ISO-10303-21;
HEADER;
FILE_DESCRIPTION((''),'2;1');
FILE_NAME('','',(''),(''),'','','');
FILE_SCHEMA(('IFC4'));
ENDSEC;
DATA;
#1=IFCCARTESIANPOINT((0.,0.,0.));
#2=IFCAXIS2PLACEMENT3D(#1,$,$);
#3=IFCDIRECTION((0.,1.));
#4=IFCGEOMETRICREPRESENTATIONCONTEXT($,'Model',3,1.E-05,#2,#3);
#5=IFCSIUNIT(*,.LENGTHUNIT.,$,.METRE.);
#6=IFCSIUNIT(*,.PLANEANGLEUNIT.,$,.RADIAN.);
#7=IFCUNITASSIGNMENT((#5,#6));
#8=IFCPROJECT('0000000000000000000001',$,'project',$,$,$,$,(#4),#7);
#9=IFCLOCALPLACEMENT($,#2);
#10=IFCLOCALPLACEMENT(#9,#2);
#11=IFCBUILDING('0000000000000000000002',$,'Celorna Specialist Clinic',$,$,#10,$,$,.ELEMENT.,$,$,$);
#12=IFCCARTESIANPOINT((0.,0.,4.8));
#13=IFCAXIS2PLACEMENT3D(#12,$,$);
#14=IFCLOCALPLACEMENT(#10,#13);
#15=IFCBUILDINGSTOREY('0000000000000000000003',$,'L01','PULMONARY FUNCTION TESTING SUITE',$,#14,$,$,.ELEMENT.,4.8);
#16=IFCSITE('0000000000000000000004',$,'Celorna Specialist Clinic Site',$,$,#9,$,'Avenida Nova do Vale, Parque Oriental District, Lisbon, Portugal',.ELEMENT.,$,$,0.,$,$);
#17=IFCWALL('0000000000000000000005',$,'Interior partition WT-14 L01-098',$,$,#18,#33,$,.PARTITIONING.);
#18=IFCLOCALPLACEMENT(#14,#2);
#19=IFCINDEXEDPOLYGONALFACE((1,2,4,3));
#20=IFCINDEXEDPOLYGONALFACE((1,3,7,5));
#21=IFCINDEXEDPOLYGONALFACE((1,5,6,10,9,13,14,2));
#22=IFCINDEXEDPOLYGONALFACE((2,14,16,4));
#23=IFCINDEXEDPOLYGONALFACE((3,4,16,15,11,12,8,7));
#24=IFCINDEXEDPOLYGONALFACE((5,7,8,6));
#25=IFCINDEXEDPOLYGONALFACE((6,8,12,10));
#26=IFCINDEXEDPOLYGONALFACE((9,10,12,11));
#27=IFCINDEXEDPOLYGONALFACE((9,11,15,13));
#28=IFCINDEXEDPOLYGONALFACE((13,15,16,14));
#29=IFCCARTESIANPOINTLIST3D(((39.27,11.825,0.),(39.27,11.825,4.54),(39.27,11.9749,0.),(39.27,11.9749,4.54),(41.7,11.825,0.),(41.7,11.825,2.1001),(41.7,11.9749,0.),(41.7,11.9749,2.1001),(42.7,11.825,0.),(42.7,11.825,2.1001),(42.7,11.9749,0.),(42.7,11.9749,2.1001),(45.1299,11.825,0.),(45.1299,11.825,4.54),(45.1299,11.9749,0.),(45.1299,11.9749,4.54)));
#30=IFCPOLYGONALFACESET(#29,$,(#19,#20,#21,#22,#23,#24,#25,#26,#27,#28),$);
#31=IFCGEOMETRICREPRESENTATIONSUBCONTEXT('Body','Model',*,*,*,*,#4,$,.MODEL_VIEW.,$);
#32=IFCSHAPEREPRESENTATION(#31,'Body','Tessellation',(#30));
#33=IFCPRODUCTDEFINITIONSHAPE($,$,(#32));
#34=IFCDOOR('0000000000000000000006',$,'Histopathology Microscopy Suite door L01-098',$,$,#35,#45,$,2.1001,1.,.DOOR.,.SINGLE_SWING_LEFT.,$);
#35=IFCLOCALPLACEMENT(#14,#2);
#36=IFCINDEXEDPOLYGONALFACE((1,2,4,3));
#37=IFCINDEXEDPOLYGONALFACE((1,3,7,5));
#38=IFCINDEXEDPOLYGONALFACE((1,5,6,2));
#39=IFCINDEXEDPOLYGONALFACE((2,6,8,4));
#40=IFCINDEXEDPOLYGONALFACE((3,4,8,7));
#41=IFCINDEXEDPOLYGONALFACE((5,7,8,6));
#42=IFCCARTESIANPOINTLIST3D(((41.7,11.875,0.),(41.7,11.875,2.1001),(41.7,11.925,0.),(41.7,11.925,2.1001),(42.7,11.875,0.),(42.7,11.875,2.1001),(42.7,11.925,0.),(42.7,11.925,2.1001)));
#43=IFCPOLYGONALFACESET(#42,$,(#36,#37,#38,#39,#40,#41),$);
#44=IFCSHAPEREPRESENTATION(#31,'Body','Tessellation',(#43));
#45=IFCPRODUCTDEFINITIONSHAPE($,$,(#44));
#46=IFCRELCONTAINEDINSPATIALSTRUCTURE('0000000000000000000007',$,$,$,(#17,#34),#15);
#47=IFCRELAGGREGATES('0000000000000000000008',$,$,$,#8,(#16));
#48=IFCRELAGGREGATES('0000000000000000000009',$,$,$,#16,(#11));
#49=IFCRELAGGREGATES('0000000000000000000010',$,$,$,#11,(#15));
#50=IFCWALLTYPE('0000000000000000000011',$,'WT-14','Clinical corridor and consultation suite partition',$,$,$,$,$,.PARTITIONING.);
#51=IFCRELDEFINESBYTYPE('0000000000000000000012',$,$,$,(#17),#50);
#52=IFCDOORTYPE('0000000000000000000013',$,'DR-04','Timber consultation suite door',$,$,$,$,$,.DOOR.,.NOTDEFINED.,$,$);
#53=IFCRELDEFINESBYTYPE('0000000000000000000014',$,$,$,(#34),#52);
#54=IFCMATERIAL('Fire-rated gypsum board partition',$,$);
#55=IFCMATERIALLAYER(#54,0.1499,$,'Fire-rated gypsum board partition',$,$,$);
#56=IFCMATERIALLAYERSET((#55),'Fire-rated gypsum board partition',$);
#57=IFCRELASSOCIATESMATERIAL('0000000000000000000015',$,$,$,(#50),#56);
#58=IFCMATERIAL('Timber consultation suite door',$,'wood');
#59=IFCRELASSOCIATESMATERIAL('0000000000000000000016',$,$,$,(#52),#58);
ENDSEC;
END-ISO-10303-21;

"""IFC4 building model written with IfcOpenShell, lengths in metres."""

from ifc_helpers import new_model, si_unit, direction, frame, frame_2d, origin, place, context, subcontext, project, spatial, rectangle, extrude, material, layer, layer_set, type_object, element, fill, save


model = new_model("IFC4")

# Units and contexts
model_context = context("Model", 3, precision=1e-05, world=origin(), true_north=direction((0.0, 1.0)))
body_context = subcontext(model_context, "Body", "Model", "MODEL_VIEW")
ifc_project = project(units=[si_unit("LENGTHUNIT", "METRE"), si_unit("PLANEANGLEUNIT", "RADIAN")], contexts=[model_context])

# Site, building, storey
site_placement = place(None, origin())
site = spatial("IfcSite", under=ifc_project, at=site_placement, Name="Celorna Specialist Clinic Site", LongName="Avenida Nova do Vale, Parque Oriental District, Lisbon, Portugal", CompositionType="ELEMENT", RefElevation=0.0)
building_placement = place(site_placement, origin())
building = spatial("IfcBuilding", under=site, at=building_placement, Name="Celorna Specialist Clinic", CompositionType="ELEMENT")
storey_placement = place(building_placement, frame((0.0, 0.0, 4.8)))
storey = spatial("IfcBuildingStorey", under=building, at=storey_placement, Name="L01", Description="PULMONARY FUNCTION TESTING SUITE", CompositionType="ELEMENT", Elevation=4.8)

# Wall, opening, door
ifc_material_1 = material(Name="Fire-rated gypsum board partition")
ifc_layer_1 = layer(ifc_material_1, 0.1499, Name="Fire-rated gypsum board partition")
ifc_layer_set_1 = layer_set([ifc_layer_1], Name="Fire-rated gypsum board partition")
wall_type_1 = type_object("IfcWallType", Name="WT-14", Description="Clinical corridor and consultation suite partition", PredefinedType="PARTITIONING", material=ifc_layer_set_1)
wall_1_placement = place(storey_placement, frame((45.1299, 11.8999, 0.0), z_axis=(0.0, 0.0, 1.0), x_axis=(-1.0, 0.0, 0.0)))
wall_1 = element("IfcWall", 1, at=wall_1_placement, inside=storey, type_object=wall_type_1, Name="Interior partition WT-14 L01-098", PredefinedType="PARTITIONING", context=body_context, shape_type="SweptSolid", body=[
    extrude(rectangle(XDim=5.8599, YDim=0.1499, at=frame_2d((2.9299, 0.0))), origin(), (0.0, 0.0, 1.0), 4.54),
])
opening_1_placement = place(wall_1_placement, frame((2.4299, 0.0, 0.0)))
opening_1 = element("IfcOpeningElement", 2, at=opening_1_placement, cuts=wall_1, PredefinedType="OPENING", context=body_context, shape_type="SweptSolid", body=[
    extrude(rectangle(XDim=1.0, YDim=2.1001, at=frame_2d((0.5, 1.05))), frame((0.0, 0.085, 0.0), z_axis=(0.0, -1.0, 0.0), x_axis=(1.0, 0.0, 0.0)), (0.0, 0.0, 1.0), 0.1699),
])
ifc_material_2 = material(Name="Timber consultation suite door", Category="wood")
door_type_1 = type_object("IfcDoorType", Name="DR-04", Description="Timber consultation suite door", OperationType="NOTDEFINED", PredefinedType="DOOR", material=ifc_material_2)
door_1_placement = place(opening_1_placement, origin())
door_1 = element("IfcDoor", 3, at=door_1_placement, inside=storey, type_object=door_type_1, Name="Histopathology Microscopy Suite door L01-098", OperationType="SINGLE_SWING_LEFT", OverallHeight=2.1001, OverallWidth=1.0, PredefinedType="DOOR", context=body_context, shape_type="SweptSolid", body=[
    extrude(rectangle(XDim=1.0, YDim=2.1001, at=frame_2d((0.5, 1.05))), frame((0.0, 0.0249, 0.0), z_axis=(0.0, -1.0, 0.0), x_axis=(1.0, 0.0, 0.0)), (0.0, 0.0, 1.0), 0.05),
])
fill(opening_1, door_1)

save(model, "model.ifc")
